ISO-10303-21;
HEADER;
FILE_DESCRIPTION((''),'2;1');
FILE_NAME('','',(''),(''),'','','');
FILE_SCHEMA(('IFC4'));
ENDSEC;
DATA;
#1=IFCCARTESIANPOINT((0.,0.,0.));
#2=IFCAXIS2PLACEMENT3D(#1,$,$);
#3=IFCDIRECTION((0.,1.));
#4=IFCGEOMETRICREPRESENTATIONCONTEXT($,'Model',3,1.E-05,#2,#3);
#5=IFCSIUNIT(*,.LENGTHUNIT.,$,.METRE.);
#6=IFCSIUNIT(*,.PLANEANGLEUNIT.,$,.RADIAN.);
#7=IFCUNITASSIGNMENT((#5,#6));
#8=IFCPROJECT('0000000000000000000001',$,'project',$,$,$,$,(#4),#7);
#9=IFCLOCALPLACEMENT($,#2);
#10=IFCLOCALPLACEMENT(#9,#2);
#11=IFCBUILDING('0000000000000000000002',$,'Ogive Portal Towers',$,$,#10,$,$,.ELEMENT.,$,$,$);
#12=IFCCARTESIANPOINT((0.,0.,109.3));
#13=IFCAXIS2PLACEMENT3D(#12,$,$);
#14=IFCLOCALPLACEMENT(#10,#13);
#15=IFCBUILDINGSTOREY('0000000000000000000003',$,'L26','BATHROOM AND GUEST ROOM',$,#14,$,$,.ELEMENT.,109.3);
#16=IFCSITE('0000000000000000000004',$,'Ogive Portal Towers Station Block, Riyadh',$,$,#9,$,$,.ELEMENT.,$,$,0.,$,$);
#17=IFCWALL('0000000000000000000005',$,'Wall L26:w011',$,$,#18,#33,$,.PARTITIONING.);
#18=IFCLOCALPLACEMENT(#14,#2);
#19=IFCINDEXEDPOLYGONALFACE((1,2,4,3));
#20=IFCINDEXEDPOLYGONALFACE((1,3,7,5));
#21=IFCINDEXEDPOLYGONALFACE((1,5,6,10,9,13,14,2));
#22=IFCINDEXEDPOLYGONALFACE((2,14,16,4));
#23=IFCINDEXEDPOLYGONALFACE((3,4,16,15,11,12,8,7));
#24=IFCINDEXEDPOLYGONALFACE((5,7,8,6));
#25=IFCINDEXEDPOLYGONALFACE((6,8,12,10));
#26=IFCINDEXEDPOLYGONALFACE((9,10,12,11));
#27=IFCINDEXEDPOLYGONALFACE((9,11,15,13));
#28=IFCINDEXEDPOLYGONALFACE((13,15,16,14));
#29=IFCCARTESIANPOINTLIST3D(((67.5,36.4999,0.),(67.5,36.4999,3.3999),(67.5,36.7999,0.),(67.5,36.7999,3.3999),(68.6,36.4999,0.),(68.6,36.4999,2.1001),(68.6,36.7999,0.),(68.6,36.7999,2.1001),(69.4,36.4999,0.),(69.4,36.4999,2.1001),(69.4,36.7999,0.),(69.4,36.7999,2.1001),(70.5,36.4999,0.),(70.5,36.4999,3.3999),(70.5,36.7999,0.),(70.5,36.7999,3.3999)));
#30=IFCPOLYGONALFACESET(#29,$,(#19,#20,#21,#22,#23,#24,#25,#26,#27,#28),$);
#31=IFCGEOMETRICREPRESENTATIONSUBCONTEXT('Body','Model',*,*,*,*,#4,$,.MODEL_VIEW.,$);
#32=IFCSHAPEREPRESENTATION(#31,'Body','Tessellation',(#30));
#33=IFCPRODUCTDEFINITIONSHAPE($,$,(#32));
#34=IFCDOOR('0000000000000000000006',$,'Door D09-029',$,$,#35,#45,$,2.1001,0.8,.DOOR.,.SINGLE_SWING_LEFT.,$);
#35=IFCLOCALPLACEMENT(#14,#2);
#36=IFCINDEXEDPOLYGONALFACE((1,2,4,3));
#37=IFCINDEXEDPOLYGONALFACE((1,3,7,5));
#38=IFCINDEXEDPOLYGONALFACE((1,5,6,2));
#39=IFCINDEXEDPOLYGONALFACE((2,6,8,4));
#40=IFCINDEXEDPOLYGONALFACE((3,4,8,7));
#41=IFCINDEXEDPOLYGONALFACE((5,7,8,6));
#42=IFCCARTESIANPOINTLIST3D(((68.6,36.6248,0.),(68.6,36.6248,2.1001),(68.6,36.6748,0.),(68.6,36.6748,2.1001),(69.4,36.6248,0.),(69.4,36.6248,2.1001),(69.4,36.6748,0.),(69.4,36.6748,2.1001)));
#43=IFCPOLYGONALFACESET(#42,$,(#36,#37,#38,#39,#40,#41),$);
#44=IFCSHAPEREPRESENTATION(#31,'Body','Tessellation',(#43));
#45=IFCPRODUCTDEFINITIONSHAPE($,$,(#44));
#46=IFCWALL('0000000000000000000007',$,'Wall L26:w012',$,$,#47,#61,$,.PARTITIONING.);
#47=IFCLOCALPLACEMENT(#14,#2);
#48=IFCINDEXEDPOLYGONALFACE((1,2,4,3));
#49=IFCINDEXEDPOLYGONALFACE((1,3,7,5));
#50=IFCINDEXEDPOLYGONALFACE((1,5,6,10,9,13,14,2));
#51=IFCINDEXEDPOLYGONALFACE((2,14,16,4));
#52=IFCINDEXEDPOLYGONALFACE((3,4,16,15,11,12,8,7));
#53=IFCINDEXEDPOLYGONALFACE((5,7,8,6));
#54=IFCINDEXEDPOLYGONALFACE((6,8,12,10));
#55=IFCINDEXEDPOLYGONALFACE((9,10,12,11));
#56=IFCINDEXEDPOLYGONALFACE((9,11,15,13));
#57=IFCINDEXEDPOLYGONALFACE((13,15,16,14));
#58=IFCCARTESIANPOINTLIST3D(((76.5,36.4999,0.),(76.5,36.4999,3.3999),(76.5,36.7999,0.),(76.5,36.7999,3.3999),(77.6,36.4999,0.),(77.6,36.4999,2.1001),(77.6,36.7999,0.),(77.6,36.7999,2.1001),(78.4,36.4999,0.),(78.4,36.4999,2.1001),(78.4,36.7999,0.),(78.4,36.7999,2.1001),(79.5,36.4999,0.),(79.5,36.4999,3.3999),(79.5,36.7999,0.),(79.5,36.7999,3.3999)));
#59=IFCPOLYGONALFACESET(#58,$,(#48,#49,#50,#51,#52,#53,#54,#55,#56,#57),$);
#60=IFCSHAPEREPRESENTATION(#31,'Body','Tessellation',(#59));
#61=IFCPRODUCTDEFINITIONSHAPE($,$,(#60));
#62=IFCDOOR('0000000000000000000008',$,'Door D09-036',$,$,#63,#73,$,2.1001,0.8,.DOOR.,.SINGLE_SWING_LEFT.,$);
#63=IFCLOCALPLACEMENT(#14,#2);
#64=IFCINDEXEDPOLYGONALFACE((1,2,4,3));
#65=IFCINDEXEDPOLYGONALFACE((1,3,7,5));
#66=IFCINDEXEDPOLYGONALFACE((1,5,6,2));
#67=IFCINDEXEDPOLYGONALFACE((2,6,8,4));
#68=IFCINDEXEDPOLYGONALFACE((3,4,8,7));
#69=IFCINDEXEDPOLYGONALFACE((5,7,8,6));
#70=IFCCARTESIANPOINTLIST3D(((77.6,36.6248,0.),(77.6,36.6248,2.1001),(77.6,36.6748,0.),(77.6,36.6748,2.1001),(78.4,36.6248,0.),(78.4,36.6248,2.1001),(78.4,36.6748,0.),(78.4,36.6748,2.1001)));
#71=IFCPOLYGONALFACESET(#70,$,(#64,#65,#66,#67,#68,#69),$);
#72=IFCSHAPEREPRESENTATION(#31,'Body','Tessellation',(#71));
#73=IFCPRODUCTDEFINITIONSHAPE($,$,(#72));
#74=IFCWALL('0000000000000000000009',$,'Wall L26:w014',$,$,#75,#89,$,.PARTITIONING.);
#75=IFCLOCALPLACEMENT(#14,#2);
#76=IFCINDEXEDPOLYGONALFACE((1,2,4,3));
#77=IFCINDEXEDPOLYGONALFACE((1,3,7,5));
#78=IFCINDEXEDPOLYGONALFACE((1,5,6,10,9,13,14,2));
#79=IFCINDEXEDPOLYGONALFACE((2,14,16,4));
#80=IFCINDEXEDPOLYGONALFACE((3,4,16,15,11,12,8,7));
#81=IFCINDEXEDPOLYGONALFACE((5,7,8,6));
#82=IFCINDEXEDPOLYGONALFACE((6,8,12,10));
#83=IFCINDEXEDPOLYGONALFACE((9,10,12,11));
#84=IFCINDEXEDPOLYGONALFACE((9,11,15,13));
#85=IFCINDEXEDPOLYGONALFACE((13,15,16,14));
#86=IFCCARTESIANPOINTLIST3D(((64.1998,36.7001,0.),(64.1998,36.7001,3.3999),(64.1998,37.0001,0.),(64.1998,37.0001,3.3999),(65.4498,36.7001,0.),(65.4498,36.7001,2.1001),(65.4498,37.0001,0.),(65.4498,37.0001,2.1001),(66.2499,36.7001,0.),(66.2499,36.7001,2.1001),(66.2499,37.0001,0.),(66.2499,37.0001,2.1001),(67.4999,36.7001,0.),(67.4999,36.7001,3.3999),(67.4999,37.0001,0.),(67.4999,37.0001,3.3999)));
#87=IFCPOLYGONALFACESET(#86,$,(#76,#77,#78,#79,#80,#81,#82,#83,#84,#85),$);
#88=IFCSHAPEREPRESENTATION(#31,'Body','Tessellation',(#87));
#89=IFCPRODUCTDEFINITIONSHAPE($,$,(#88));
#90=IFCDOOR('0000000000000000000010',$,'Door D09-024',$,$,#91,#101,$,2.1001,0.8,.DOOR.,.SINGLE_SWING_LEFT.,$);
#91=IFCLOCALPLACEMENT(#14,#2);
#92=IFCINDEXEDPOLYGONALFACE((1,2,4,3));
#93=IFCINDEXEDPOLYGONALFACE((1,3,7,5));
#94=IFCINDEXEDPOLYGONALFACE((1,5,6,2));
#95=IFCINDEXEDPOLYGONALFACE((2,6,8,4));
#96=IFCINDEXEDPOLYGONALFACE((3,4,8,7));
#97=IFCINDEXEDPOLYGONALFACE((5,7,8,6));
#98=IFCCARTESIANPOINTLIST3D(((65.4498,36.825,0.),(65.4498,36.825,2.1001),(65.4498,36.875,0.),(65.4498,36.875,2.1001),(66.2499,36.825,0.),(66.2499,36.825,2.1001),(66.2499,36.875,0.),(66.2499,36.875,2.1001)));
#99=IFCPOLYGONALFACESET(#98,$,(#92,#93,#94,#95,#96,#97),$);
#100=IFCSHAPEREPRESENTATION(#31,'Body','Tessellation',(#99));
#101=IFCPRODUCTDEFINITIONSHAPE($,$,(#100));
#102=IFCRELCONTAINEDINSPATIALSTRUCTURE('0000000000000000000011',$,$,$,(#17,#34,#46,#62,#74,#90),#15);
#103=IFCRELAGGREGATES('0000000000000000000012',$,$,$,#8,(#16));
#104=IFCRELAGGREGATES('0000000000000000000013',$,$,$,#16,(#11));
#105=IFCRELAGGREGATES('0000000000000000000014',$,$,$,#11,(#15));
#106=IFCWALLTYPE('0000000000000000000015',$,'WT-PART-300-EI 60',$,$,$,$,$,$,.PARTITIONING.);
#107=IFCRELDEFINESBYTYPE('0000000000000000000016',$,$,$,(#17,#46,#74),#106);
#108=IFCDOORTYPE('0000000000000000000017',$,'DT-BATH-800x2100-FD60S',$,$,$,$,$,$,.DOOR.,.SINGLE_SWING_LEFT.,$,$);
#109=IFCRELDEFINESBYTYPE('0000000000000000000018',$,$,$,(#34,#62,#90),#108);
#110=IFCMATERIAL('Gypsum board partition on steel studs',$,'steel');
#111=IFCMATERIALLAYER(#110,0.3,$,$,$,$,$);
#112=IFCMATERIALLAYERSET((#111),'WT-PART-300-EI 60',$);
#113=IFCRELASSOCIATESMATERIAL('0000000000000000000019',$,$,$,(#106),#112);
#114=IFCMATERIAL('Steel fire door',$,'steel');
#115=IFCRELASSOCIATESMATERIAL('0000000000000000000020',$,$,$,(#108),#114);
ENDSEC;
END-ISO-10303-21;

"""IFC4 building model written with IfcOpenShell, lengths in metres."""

from ifc_helpers import new_model, si_unit, direction, frame, frame_2d, origin, place, context, subcontext, project, spatial, rectangle, extrude, material, layer, layer_set, type_object, element, fill, save


model = new_model("IFC4")

# Units and contexts
model_context = context("Model", 3, precision=1e-05, world=origin(), true_north=direction((0.0, 1.0)))
body_context = subcontext(model_context, "Body", "Model", "MODEL_VIEW")
ifc_project = project(units=[si_unit("LENGTHUNIT", "METRE"), si_unit("PLANEANGLEUNIT", "RADIAN")], contexts=[model_context])

# Site, building, storey
site_placement = place(None, origin())
site = spatial("IfcSite", under=ifc_project, at=site_placement, Name="Ogive Portal Towers Station Block, Riyadh", CompositionType="ELEMENT", RefElevation=0.0)
building_placement = place(site_placement, origin())
building = spatial("IfcBuilding", under=site, at=building_placement, Name="Ogive Portal Towers", CompositionType="ELEMENT")
storey_placement = place(building_placement, frame((0.0, 0.0, 109.3)))
storey = spatial("IfcBuildingStorey", under=building, at=storey_placement, Name="L26", Description="BATHROOM AND GUEST ROOM", CompositionType="ELEMENT", Elevation=109.3)

# Walls, openings, doors
ifc_material_1 = material(Name="Gypsum board partition on steel studs", Category="steel")
ifc_layer_1 = layer(ifc_material_1, 0.3)
ifc_layer_set_1 = layer_set([ifc_layer_1], Name="WT-PART-300-EI 60")
wall_type_1 = type_object("IfcWallType", Name="WT-PART-300-EI 60", PredefinedType="PARTITIONING", material=ifc_layer_set_1)
ifc_material_2 = material(Name="Steel fire door", Category="steel")
door_type_1 = type_object("IfcDoorType", Name="DT-BATH-800x2100-FD60S", OperationType="SINGLE_SWING_LEFT", PredefinedType="DOOR", material=ifc_material_2)
wall_1_placement = place(storey_placement, frame((67.5, 36.6499, 0.0), z_axis=(0.0, 0.0, 1.0), x_axis=(1.0, 0.0, 0.0)))
wall_1 = element("IfcWall", 1, at=wall_1_placement, inside=storey, type_object=wall_type_1, Name="Wall L26:w011", PredefinedType="PARTITIONING", context=body_context, shape_type="SweptSolid", body=[
    extrude(rectangle(XDim=3.0, YDim=0.3, at=frame_2d((1.5, 0.0))), origin(), (0.0, 0.0, 1.0), 3.3999),
])
opening_1_placement = place(wall_1_placement, frame((1.1001, 0.0, 0.0)))
opening_1 = element("IfcOpeningElement", 2, at=opening_1_placement, cuts=wall_1, PredefinedType="OPENING", context=body_context, shape_type="SweptSolid", body=[
    extrude(rectangle(XDim=0.8, YDim=2.1001, at=frame_2d((0.3999, 1.05))), frame((0.0, 0.1602, 0.0), z_axis=(0.0, -1.0, 0.0), x_axis=(1.0, 0.0, 0.0)), (0.0, 0.0, 1.0), 0.3201),
])
door_1_placement = place(opening_1_placement, origin())
door_1 = element("IfcDoor", 3, at=door_1_placement, inside=storey, type_object=door_type_1, Name="Door D09-029", OperationType="SINGLE_SWING_LEFT", OverallHeight=2.1001, OverallWidth=0.8, PredefinedType="DOOR", context=body_context, shape_type="SweptSolid", body=[
    extrude(rectangle(XDim=0.8, YDim=2.1001, at=frame_2d((0.3999, 1.05))), frame((0.0, 0.0249, 0.0), z_axis=(0.0, -1.0, 0.0), x_axis=(1.0, 0.0, 0.0)), (0.0, 0.0, 1.0), 0.05),
])
fill(opening_1, door_1)
wall_2_placement = place(storey_placement, frame((76.5, 36.6499, 0.0), z_axis=(0.0, 0.0, 1.0), x_axis=(1.0, 0.0, 0.0)))
wall_2 = element("IfcWall", 4, at=wall_2_placement, inside=storey, type_object=wall_type_1, Name="Wall L26:w012", PredefinedType="PARTITIONING", context=body_context, shape_type="SweptSolid", body=[
    extrude(rectangle(XDim=3.0, YDim=0.3, at=frame_2d((1.5, 0.0))), origin(), (0.0, 0.0, 1.0), 3.3999),
])
opening_2_placement = place(wall_2_placement, frame((1.1001, 0.0, 0.0)))
opening_2 = element("IfcOpeningElement", 5, at=opening_2_placement, cuts=wall_2, PredefinedType="OPENING", context=body_context, shape_type="SweptSolid", body=[
    extrude(rectangle(XDim=0.8, YDim=2.1001, at=frame_2d((0.3999, 1.05))), frame((0.0, 0.1602, 0.0), z_axis=(0.0, -1.0, 0.0), x_axis=(1.0, 0.0, 0.0)), (0.0, 0.0, 1.0), 0.3201),
])
door_2_placement = place(opening_2_placement, origin())
door_2 = element("IfcDoor", 6, at=door_2_placement, inside=storey, type_object=door_type_1, Name="Door D09-036", OperationType="SINGLE_SWING_LEFT", OverallHeight=2.1001, OverallWidth=0.8, PredefinedType="DOOR", context=body_context, shape_type="SweptSolid", body=[
    extrude(rectangle(XDim=0.8, YDim=2.1001, at=frame_2d((0.3999, 1.05))), frame((0.0, 0.0249, 0.0), z_axis=(0.0, -1.0, 0.0), x_axis=(1.0, 0.0, 0.0)), (0.0, 0.0, 1.0), 0.05),
])
fill(opening_2, door_2)
wall_3_placement = place(storey_placement, frame((64.2, 36.8501, 0.0), z_axis=(0.0, 0.0, 1.0), x_axis=(1.0, 0.0, 0.0)))
wall_3 = element("IfcWall", 7, at=wall_3_placement, inside=storey, type_object=wall_type_1, Name="Wall L26:w014", PredefinedType="PARTITIONING", context=body_context, shape_type="SweptSolid", body=[
    extrude(rectangle(XDim=3.3, YDim=0.3, at=frame_2d((1.6499, 0.0))), origin(), (0.0, 0.0, 1.0), 3.3999),
])
opening_3_placement = place(wall_3_placement, frame((1.25, 0.0, 0.0)))
opening_3 = element("IfcOpeningElement", 8, at=opening_3_placement, cuts=wall_3, PredefinedType="OPENING", context=body_context, shape_type="SweptSolid", body=[
    extrude(rectangle(XDim=0.8, YDim=2.1001, at=frame_2d((0.3999, 1.05))), frame((0.0, 0.1602, 0.0), z_axis=(0.0, -1.0, 0.0), x_axis=(1.0, 0.0, 0.0)), (0.0, 0.0, 1.0), 0.3201),
])
door_3_placement = place(opening_3_placement, origin())
door_3 = element("IfcDoor", 9, at=door_3_placement, inside=storey, type_object=door_type_1, Name="Door D09-024", OperationType="SINGLE_SWING_LEFT", OverallHeight=2.1001, OverallWidth=0.8, PredefinedType="DOOR", context=body_context, shape_type="SweptSolid", body=[
    extrude(rectangle(XDim=0.8, YDim=2.1001, at=frame_2d((0.3999, 1.05))), frame((0.0, 0.0249, 0.0), z_axis=(0.0, -1.0, 0.0), x_axis=(1.0, 0.0, 0.0)), (0.0, 0.0, 1.0), 0.05),
])
fill(opening_3, door_3)

save(model, "model.ifc")
